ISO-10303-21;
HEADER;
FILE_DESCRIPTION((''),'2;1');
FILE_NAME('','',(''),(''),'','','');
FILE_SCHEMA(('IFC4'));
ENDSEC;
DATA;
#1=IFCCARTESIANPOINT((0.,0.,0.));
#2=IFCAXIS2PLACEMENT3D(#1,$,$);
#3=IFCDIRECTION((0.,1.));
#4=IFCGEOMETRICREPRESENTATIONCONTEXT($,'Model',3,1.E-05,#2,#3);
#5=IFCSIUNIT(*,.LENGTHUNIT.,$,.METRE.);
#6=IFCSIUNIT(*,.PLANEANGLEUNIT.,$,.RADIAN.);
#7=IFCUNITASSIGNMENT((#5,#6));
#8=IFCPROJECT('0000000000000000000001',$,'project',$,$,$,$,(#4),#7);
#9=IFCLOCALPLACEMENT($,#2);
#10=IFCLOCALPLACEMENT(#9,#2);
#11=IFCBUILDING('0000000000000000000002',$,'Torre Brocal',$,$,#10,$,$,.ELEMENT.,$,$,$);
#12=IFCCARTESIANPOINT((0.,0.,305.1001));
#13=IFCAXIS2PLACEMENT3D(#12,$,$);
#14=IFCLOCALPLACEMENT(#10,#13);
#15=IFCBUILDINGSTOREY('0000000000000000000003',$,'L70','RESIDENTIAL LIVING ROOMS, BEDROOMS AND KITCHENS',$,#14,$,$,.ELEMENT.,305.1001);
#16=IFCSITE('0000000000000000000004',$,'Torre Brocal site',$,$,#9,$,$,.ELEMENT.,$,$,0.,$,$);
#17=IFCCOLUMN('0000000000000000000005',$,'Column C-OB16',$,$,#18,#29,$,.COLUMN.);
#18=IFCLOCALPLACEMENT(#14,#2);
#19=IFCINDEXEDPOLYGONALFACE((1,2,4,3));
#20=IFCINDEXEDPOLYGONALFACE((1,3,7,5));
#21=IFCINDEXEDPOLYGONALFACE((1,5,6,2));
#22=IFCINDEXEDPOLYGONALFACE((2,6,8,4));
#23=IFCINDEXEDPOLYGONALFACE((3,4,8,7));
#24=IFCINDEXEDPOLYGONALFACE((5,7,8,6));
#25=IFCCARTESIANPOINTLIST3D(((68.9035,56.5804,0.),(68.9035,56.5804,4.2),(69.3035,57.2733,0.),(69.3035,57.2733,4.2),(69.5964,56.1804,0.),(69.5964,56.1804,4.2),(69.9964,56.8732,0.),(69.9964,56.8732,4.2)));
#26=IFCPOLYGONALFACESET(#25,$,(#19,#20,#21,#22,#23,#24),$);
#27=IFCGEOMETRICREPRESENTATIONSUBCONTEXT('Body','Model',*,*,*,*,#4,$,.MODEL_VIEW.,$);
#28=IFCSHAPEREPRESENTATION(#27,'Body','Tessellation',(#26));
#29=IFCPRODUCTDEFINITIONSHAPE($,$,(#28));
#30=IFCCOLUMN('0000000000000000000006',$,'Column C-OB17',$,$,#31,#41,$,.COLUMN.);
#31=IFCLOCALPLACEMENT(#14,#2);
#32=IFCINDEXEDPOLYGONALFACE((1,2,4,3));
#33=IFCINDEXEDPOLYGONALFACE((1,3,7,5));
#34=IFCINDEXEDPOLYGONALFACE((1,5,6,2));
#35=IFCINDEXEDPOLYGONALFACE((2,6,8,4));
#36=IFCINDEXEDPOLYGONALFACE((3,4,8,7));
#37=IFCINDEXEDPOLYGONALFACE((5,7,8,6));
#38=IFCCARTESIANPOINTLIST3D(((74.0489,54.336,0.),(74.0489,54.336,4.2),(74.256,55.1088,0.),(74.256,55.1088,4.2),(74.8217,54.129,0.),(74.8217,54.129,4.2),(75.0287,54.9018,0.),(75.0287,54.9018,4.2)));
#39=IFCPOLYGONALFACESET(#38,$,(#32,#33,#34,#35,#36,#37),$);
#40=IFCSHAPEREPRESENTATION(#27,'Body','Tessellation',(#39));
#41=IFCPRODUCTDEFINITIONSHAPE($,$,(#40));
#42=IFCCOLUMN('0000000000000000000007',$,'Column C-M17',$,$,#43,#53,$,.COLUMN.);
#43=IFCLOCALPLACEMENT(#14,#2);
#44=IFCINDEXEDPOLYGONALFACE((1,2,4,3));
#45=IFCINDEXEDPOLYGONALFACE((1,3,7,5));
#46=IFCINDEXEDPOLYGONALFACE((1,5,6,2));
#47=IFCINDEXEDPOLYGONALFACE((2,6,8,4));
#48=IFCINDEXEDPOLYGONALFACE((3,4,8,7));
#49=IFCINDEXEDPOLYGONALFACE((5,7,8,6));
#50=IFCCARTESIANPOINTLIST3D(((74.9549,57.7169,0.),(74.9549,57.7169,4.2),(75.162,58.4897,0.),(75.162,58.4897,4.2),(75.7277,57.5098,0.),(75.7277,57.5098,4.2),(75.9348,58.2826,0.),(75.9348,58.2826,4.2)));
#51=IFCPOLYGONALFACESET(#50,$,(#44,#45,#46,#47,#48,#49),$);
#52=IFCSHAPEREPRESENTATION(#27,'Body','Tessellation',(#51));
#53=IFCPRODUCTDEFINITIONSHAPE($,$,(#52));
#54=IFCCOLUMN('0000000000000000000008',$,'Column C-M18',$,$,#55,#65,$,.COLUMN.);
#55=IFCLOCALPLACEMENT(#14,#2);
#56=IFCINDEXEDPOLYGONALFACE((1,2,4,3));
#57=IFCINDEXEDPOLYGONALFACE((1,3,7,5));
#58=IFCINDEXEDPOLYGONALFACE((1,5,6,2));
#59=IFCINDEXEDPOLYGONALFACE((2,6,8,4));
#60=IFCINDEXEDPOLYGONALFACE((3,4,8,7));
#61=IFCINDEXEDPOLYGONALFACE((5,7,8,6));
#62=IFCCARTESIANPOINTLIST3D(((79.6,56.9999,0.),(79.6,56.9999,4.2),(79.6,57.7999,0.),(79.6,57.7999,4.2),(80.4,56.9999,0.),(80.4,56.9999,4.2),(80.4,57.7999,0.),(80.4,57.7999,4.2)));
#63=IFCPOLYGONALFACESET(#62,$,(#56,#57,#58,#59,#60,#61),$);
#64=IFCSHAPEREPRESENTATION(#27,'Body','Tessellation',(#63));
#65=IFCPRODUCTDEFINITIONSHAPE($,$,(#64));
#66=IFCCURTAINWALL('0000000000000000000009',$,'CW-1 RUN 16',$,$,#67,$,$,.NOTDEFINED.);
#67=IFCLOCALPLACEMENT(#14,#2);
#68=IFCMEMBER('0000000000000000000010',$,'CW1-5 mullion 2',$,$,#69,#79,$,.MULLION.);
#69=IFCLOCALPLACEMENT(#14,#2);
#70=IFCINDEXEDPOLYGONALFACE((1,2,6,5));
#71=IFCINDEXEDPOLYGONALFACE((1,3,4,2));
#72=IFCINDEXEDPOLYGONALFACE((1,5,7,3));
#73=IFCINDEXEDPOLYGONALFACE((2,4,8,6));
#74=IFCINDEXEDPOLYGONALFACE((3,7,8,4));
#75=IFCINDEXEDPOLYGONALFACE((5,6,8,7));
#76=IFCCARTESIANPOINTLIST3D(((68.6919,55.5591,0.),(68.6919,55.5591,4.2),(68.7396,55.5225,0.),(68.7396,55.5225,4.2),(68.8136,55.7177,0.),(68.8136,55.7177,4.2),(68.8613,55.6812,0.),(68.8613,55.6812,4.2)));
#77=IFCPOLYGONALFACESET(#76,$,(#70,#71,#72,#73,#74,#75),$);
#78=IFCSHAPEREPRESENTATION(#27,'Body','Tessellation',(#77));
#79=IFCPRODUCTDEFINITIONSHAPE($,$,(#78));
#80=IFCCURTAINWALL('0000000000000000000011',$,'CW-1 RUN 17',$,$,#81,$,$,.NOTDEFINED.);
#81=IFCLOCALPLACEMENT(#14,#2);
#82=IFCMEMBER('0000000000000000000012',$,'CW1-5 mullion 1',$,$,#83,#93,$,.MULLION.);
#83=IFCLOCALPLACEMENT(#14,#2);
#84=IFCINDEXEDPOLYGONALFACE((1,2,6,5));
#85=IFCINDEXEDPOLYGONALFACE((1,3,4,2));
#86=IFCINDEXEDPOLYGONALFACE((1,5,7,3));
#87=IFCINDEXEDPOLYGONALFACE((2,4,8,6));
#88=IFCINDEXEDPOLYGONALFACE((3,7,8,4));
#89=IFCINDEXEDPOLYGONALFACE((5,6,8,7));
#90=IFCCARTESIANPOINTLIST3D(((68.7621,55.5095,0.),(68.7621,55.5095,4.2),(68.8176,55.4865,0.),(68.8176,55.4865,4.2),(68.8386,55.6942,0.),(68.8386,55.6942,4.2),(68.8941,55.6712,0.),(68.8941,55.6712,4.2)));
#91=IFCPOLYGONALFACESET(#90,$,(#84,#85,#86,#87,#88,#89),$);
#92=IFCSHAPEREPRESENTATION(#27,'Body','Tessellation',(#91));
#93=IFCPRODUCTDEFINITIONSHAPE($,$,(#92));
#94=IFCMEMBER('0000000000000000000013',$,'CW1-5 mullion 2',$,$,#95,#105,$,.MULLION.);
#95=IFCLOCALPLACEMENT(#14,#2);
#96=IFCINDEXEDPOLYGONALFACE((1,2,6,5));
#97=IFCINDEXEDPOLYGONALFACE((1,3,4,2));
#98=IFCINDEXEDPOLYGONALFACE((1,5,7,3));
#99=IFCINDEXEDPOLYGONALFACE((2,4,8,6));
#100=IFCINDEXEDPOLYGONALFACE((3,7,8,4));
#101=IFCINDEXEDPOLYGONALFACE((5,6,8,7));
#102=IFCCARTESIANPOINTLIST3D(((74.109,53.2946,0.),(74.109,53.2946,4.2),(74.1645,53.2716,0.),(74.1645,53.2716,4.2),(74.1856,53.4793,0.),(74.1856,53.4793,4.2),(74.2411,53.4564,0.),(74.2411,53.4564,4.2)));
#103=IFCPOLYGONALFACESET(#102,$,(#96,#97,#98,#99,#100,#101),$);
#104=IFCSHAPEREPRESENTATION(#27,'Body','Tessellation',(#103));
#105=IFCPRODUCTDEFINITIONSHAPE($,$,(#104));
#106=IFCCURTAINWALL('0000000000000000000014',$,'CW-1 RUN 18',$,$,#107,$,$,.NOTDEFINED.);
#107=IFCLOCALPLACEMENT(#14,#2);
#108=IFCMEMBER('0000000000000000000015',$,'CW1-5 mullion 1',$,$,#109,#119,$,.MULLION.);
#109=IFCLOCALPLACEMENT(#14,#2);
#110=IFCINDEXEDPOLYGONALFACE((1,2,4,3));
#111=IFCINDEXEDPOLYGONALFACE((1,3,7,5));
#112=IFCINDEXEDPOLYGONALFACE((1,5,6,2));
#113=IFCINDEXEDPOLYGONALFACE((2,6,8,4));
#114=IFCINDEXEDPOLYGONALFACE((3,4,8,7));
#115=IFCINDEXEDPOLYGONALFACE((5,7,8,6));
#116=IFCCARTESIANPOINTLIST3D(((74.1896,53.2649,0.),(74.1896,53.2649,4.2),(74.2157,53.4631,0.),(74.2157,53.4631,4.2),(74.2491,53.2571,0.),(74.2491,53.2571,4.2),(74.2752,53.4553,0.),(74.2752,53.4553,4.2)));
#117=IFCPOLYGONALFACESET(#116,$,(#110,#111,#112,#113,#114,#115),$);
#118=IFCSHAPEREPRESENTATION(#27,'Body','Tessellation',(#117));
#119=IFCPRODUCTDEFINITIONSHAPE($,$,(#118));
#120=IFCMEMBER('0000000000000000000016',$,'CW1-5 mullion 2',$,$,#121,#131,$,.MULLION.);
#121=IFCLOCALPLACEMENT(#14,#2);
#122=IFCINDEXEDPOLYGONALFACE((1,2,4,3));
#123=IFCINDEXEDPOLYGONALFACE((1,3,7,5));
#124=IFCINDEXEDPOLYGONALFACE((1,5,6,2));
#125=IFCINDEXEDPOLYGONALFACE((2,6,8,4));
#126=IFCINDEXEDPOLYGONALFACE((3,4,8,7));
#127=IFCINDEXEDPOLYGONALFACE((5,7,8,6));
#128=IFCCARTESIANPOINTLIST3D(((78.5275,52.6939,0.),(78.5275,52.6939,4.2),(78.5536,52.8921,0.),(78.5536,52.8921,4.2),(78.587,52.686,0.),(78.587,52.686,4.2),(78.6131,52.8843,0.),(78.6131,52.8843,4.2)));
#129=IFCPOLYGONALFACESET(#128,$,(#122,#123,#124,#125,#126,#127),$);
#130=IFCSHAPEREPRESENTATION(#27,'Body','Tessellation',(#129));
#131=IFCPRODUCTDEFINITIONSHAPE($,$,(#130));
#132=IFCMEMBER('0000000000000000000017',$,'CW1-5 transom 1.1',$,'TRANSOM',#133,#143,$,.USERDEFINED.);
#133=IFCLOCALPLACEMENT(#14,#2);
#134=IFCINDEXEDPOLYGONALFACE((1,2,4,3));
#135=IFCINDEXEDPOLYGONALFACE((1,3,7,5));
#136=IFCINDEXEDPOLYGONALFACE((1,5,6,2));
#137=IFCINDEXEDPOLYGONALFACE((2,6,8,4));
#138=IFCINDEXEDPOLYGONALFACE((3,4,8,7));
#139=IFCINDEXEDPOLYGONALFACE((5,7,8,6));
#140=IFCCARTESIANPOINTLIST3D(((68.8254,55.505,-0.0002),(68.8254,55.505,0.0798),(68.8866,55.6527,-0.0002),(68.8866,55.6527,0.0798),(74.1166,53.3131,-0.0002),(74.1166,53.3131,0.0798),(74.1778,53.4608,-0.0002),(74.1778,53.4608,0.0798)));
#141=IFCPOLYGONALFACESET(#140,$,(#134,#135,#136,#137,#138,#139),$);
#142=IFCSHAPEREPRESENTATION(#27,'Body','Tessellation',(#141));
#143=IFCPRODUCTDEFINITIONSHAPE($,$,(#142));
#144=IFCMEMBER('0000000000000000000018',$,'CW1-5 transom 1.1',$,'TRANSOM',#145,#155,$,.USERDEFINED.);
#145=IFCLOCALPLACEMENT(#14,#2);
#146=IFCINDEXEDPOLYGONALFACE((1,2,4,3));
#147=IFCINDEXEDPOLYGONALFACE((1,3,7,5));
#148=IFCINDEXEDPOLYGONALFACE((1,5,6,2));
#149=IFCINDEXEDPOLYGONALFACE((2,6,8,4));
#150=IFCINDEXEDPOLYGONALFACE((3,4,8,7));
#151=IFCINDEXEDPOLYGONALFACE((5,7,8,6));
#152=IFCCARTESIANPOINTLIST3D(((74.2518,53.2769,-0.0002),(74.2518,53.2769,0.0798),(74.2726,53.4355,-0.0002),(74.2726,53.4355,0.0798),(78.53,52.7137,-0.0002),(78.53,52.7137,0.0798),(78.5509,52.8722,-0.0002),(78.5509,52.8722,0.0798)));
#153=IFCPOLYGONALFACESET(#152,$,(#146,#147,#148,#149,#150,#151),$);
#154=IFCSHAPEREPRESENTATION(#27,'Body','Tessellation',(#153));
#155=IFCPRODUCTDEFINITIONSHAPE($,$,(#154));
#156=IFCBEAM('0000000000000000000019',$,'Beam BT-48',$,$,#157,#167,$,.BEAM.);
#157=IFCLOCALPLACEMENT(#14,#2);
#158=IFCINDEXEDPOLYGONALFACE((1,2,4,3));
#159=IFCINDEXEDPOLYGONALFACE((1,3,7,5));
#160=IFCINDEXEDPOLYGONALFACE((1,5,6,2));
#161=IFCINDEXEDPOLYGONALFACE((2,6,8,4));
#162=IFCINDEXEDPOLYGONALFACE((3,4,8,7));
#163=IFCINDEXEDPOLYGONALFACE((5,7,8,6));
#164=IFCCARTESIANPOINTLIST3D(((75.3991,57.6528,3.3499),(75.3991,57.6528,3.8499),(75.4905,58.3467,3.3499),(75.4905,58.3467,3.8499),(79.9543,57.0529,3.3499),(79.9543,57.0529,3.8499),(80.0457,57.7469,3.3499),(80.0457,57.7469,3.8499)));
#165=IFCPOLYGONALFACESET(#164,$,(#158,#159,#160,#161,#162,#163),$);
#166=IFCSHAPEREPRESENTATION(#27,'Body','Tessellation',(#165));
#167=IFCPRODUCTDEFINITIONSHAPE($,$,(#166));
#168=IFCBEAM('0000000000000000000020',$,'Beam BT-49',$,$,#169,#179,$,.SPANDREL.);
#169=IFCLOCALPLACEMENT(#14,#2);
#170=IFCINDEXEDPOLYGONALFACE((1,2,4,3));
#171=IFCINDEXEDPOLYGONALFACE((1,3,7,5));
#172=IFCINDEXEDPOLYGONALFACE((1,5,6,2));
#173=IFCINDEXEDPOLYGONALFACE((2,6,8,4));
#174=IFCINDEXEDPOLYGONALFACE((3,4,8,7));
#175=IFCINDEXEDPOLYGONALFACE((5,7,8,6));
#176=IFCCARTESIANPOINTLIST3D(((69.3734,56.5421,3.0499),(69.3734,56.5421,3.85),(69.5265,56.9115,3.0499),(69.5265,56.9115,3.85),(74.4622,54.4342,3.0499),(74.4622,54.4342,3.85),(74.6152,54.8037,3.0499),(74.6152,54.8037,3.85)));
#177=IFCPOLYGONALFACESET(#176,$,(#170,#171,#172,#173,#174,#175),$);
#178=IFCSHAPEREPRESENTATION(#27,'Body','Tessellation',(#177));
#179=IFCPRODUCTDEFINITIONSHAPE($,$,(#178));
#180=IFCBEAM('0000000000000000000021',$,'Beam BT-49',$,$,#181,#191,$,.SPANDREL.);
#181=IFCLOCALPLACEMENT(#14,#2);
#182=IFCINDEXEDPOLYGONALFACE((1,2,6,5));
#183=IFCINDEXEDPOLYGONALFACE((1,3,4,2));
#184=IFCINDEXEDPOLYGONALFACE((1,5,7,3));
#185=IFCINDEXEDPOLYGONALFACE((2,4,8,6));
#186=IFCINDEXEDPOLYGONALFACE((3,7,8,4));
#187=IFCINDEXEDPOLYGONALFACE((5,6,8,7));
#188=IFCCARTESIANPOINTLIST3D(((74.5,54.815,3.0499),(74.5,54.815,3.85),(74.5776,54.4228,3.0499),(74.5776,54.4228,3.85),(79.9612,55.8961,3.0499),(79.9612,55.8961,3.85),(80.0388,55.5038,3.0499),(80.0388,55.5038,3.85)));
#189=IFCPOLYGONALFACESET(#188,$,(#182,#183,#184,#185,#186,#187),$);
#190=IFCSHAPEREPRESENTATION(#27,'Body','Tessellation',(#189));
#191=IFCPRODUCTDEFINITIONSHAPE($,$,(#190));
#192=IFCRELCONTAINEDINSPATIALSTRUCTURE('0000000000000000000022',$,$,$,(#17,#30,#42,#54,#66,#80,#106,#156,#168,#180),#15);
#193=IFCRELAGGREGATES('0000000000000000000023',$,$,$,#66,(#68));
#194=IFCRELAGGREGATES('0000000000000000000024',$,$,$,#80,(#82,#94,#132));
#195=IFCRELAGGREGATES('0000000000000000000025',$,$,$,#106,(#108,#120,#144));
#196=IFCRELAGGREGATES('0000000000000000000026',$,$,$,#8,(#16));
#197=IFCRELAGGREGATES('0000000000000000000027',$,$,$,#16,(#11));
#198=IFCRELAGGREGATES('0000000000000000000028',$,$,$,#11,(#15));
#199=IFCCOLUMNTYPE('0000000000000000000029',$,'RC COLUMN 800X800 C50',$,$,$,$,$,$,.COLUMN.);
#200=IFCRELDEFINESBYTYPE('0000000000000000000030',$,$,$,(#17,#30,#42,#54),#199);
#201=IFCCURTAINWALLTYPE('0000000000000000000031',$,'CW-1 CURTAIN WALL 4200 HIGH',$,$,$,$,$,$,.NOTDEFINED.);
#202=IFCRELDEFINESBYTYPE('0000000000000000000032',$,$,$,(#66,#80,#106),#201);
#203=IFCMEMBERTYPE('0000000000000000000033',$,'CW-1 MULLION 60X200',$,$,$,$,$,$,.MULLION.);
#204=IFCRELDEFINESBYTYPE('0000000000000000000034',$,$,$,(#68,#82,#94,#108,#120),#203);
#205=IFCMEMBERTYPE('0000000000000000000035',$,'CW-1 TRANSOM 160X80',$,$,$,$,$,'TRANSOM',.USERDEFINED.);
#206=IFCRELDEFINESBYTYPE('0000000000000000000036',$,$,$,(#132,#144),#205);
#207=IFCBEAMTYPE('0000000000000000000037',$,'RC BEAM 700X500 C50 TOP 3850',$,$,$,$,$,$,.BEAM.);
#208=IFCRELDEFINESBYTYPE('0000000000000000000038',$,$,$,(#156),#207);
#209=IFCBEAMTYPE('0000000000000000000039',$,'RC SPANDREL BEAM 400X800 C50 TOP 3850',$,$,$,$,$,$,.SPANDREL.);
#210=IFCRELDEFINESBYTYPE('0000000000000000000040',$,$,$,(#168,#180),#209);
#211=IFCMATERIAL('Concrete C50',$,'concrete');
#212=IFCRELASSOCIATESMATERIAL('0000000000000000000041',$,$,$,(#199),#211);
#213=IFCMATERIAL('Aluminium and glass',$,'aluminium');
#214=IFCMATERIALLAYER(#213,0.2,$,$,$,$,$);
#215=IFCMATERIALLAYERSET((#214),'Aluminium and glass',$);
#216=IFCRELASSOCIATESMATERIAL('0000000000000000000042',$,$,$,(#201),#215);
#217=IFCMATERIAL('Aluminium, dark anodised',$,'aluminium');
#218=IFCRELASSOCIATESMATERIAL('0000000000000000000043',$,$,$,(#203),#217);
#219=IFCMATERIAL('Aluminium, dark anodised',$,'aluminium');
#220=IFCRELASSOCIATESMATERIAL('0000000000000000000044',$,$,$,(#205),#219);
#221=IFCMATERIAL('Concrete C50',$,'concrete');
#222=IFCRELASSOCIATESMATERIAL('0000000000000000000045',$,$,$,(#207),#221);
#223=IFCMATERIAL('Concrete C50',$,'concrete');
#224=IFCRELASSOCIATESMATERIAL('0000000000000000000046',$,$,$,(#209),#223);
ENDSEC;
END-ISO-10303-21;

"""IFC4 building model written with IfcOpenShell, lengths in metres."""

from ifc_helpers import new_model, si_unit, direction, frame, origin, origin_2d, place, context, subcontext, project, spatial, rectangle, extrude, material, layer, layer_set, material_profile, profile_set, type_object, element, aggregate, save


model = new_model("IFC4")

# Units and contexts
model_context = context("Model", 3, precision=1e-05, world=origin(), true_north=direction((0.0, 1.0)))
body_context = subcontext(model_context, "Body", "Model", "MODEL_VIEW")
ifc_project = project(units=[si_unit("LENGTHUNIT", "METRE"), si_unit("PLANEANGLEUNIT", "RADIAN")], contexts=[model_context])

# Site, building, storey
site_placement = place(None, origin())
site = spatial("IfcSite", under=ifc_project, at=site_placement, Name="Torre Brocal site", CompositionType="ELEMENT", RefElevation=0.0)
building_placement = place(site_placement, origin())
building = spatial("IfcBuilding", under=site, at=building_placement, Name="Torre Brocal", CompositionType="ELEMENT")
storey_placement = place(building_placement, frame((0.0, 0.0, 305.1001)))
storey = spatial("IfcBuildingStorey", under=building, at=storey_placement, Name="L70", Description="RESIDENTIAL LIVING ROOMS, BEDROOMS AND KITCHENS", CompositionType="ELEMENT", Elevation=305.1001)

# Columns
ifc_material_1 = material(Name="Concrete C50", Category="concrete")
ifc_material_profile_1 = material_profile(ifc_material_1, rectangle(XDim=0.8, YDim=0.8, at=origin_2d()), Name="RC 800X800")
ifc_profile_set_1 = profile_set([ifc_material_profile_1], Name="Concrete C50")
column_type = type_object("IfcColumnType", Name="RC COLUMN 800X800 C50", PredefinedType="COLUMN", material=ifc_profile_set_1)
for number, where, z_axis, x_axis, name in (
    (1, (69.45, 56.7268, 0.0), (0.0, 0.0, 1.0), (-0.5, -0.866025, 0.0), "Column C-OB16"),
    (2, (74.5388, 54.6189, 0.0), (0.0, 0.0, 1.0), (-0.258819, -0.965926, 0.0), "Column C-OB17"),
    (3, (75.4448, 57.9998, 0.0), (0.0, 0.0, 1.0), (-0.258819, -0.965926, 0.0), "Column C-M17"),
    (4, (80.0, 57.3999, 0.0), (0.0, 0.0, 1.0), (0.0, -1.0, 0.0), "Column C-M18"),
):
    element("IfcColumn", number, at=place(storey_placement, frame(where, z_axis=z_axis, x_axis=x_axis)), inside=storey, type_object=column_type, Name=name, PredefinedType="COLUMN", context=body_context, shape_type="SweptSolid", body=[
        extrude(rectangle(XDim=0.8, YDim=0.8, at=origin_2d()), origin(), (0.0, 0.0, 1.0), 4.2),
    ])

# Curtain wall, member
ifc_material_2 = material(Name="Aluminium and glass", Category="aluminium")
ifc_layer_1 = layer(ifc_material_2, 0.2)
ifc_layer_set_1 = layer_set([ifc_layer_1], Name="Aluminium and glass")
curtain_wall_type = type_object("IfcCurtainWallType", Name="CW-1 CURTAIN WALL 4200 HIGH", PredefinedType="NOTDEFINED", material=ifc_layer_set_1)
curtain_wall_1_placement = place(storey_placement, origin())
curtain_wall_1 = element("IfcCurtainWall", 5, at=curtain_wall_1_placement, inside=storey, type_object=curtain_wall_type, Name="CW-1 RUN 16", PredefinedType="NOTDEFINED")
ifc_material_3 = material(Name="Aluminium, dark anodised", Category="aluminium")
ifc_material_profile_2 = material_profile(ifc_material_3, rectangle(XDim=0.2, YDim=0.0601, at=origin_2d()), Name="CW-1 MULLION 60X200")
ifc_profile_set_2 = profile_set([ifc_material_profile_2], Name="Aluminium, dark anodised")
member_type_1 = type_object("IfcMemberType", Name="CW-1 MULLION 60X200", PredefinedType="MULLION", material=ifc_profile_set_2)
member_1_placement = place(storey_placement, frame((68.7766, 55.6201, 0.0), z_axis=(0.0, 0.0, 1.0), x_axis=(0.608761, 0.793353, 0.0)))
member_1 = element("IfcMember", 6, at=member_1_placement, type_object=member_type_1, Name="CW1-5 mullion 2", PredefinedType="MULLION", context=body_context, shape_type="SweptSolid", body=[
    extrude(rectangle(XDim=0.2, YDim=0.0601, at=origin_2d()), origin(), (0.0, 0.0, 1.0), 4.2),
])
aggregate(curtain_wall_1, [member_1])

# Curtain walls, members
curtain_wall_2_placement = place(storey_placement, origin())
curtain_wall_2 = element("IfcCurtainWall", 7, at=curtain_wall_2_placement, inside=storey, type_object=curtain_wall_type, Name="CW-1 RUN 17", PredefinedType="NOTDEFINED")
member_2_placement = place(storey_placement, frame((68.8281, 55.5903, 0.0), z_axis=(0.0, 0.0, 1.0), x_axis=(0.382683, 0.92388, 0.0)))
member_2 = element("IfcMember", 8, at=member_2_placement, type_object=member_type_1, Name="CW1-5 mullion 1", PredefinedType="MULLION", context=body_context, shape_type="SweptSolid", body=[
    extrude(rectangle(XDim=0.2, YDim=0.0601, at=origin_2d()), origin(), (0.0, 0.0, 1.0), 4.2),
])
member_3_placement = place(storey_placement, frame((74.175, 53.3755, 0.0), z_axis=(0.0, 0.0, 1.0), x_axis=(0.382683, 0.92388, 0.0)))
member_3 = element("IfcMember", 9, at=member_3_placement, type_object=member_type_1, Name="CW1-5 mullion 2", PredefinedType="MULLION", context=body_context, shape_type="SweptSolid", body=[
    extrude(rectangle(XDim=0.2, YDim=0.0601, at=origin_2d()), origin(), (0.0, 0.0, 1.0), 4.2),
])
curtain_wall_3_placement = place(storey_placement, origin())
curtain_wall_3 = element("IfcCurtainWall", 10, at=curtain_wall_3_placement, inside=storey, type_object=curtain_wall_type, Name="CW-1 RUN 18", PredefinedType="NOTDEFINED")
member_4_placement = place(storey_placement, frame((74.2324, 53.3601, 0.0), z_axis=(0.0, 0.0, 1.0), x_axis=(0.130526, 0.991445, 0.0)))
member_4 = element("IfcMember", 11, at=member_4_placement, type_object=member_type_1, Name="CW1-5 mullion 1", PredefinedType="MULLION", context=body_context, shape_type="SweptSolid", body=[
    extrude(rectangle(XDim=0.2, YDim=0.0601, at=origin_2d()), origin(), (0.0, 0.0, 1.0), 4.2),
])
member_5_placement = place(storey_placement, frame((78.5703, 52.7891, 0.0), z_axis=(0.0, 0.0, 1.0), x_axis=(0.130526, 0.991445, 0.0)))
member_5 = element("IfcMember", 12, at=member_5_placement, type_object=member_type_1, Name="CW1-5 mullion 2", PredefinedType="MULLION", context=body_context, shape_type="SweptSolid", body=[
    extrude(rectangle(XDim=0.2, YDim=0.0601, at=origin_2d()), origin(), (0.0, 0.0, 1.0), 4.2),
])

# Members
ifc_material_4 = material(Name="Aluminium, dark anodised", Category="aluminium")
ifc_material_profile_3 = material_profile(ifc_material_4, rectangle(XDim=0.1599, YDim=0.0801, at=origin_2d()), Name="CW-1 TRANSOM 160X80")
ifc_profile_set_3 = profile_set([ifc_material_profile_3], Name="Aluminium, dark anodised")
member_type_2 = type_object("IfcMemberType", Name="CW-1 TRANSOM 160X80", ElementType="TRANSOM", PredefinedType="USERDEFINED", material=ifc_profile_set_3)
member_6_placement = place(storey_placement, frame((68.856, 55.5789, 0.0398), z_axis=(0.923868, -0.382711, 0.0), x_axis=(0.382711, 0.923868, 0.0)))
member_6 = element("IfcMember", 13, at=member_6_placement, type_object=member_type_2, Name="CW1-5 transom 1.1", ObjectType="TRANSOM", PredefinedType="USERDEFINED", context=body_context, shape_type="SweptSolid", body=[
    extrude(rectangle(XDim=0.1599, YDim=0.0801, at=origin_2d()), origin(), (0.0, 0.0, 1.0), 5.7273),
])
member_7_placement = place(storey_placement, frame((74.2622, 53.3562, 0.0398), z_axis=(0.991445, -0.130522, 0.0), x_axis=(0.130522, 0.991445, 0.0)))
member_7 = element("IfcMember", 14, at=member_7_placement, type_object=member_type_2, Name="CW1-5 transom 1.1", ObjectType="TRANSOM", PredefinedType="USERDEFINED", context=body_context, shape_type="SweptSolid", body=[
    extrude(rectangle(XDim=0.1599, YDim=0.0801, at=origin_2d()), origin(), (0.0, 0.0, 1.0), 4.3152),
])

# Beams
ifc_material_5 = material(Name="Concrete C50", Category="concrete")
ifc_material_profile_4 = material_profile(ifc_material_5, rectangle(XDim=0.7, YDim=0.5, at=origin_2d()), Name="RC 700X500")
ifc_profile_set_4 = profile_set([ifc_material_profile_4], Name="Concrete C50")
beam_type_1 = type_object("IfcBeamType", Name="RC BEAM 700X500 C50 TOP 3850", PredefinedType="BEAM", material=ifc_profile_set_4)
beam_1_placement = place(storey_placement, frame((75.4448, 57.9998, 3.5999), z_axis=(0.991441, -0.130559, 0.0), x_axis=(0.130559, 0.991441, 0.0)))
element("IfcBeam", 15, at=beam_1_placement, inside=storey, type_object=beam_type_1, Name="Beam BT-48", PredefinedType="BEAM", context=body_context, shape_type="SweptSolid", body=[
    extrude(rectangle(XDim=0.7, YDim=0.5, at=origin_2d()), origin(), (0.0, 0.0, 1.0), 4.5945),
])
ifc_material_6 = material(Name="Concrete C50", Category="concrete")
ifc_material_profile_5 = material_profile(ifc_material_6, rectangle(XDim=0.3999, YDim=0.8, at=origin_2d()), Name="RC 400X800")
ifc_profile_set_5 = profile_set([ifc_material_profile_5], Name="Concrete C50")
beam_type_2 = type_object("IfcBeamType", Name="RC SPANDREL BEAM 400X800 C50 TOP 3850", PredefinedType="SPANDREL", material=ifc_profile_set_5)
beam_2_placement = place(storey_placement, frame((69.45, 56.7268, 3.45), z_axis=(0.923877, -0.382688, 0.0), x_axis=(0.382688, 0.923877, 0.0)))
element("IfcBeam", 16, at=beam_2_placement, inside=storey, type_object=beam_type_2, Name="Beam BT-49", PredefinedType="SPANDREL", context=body_context, shape_type="SweptSolid", body=[
    extrude(rectangle(XDim=0.3999, YDim=0.8, at=origin_2d()), origin(), (0.0, 0.0, 1.0), 5.5081),
])
beam_3_placement = place(storey_placement, frame((74.5388, 54.6189, 3.45), z_axis=(0.980965, 0.194185, 0.0), x_axis=(-0.194185, 0.980965, 0.0)))
element("IfcBeam", 17, at=beam_3_placement, inside=storey, type_object=beam_type_2, Name="Beam BT-49", PredefinedType="SPANDREL", context=body_context, shape_type="SweptSolid", body=[
    extrude(rectangle(XDim=0.3999, YDim=0.8, at=origin_2d()), origin(), (0.0, 0.0, 1.0), 5.5671),
])

aggregate(curtain_wall_2, [member_2, member_3, member_6])
aggregate(curtain_wall_3, [member_4, member_5, member_7])

save(model, "model.ifc")
